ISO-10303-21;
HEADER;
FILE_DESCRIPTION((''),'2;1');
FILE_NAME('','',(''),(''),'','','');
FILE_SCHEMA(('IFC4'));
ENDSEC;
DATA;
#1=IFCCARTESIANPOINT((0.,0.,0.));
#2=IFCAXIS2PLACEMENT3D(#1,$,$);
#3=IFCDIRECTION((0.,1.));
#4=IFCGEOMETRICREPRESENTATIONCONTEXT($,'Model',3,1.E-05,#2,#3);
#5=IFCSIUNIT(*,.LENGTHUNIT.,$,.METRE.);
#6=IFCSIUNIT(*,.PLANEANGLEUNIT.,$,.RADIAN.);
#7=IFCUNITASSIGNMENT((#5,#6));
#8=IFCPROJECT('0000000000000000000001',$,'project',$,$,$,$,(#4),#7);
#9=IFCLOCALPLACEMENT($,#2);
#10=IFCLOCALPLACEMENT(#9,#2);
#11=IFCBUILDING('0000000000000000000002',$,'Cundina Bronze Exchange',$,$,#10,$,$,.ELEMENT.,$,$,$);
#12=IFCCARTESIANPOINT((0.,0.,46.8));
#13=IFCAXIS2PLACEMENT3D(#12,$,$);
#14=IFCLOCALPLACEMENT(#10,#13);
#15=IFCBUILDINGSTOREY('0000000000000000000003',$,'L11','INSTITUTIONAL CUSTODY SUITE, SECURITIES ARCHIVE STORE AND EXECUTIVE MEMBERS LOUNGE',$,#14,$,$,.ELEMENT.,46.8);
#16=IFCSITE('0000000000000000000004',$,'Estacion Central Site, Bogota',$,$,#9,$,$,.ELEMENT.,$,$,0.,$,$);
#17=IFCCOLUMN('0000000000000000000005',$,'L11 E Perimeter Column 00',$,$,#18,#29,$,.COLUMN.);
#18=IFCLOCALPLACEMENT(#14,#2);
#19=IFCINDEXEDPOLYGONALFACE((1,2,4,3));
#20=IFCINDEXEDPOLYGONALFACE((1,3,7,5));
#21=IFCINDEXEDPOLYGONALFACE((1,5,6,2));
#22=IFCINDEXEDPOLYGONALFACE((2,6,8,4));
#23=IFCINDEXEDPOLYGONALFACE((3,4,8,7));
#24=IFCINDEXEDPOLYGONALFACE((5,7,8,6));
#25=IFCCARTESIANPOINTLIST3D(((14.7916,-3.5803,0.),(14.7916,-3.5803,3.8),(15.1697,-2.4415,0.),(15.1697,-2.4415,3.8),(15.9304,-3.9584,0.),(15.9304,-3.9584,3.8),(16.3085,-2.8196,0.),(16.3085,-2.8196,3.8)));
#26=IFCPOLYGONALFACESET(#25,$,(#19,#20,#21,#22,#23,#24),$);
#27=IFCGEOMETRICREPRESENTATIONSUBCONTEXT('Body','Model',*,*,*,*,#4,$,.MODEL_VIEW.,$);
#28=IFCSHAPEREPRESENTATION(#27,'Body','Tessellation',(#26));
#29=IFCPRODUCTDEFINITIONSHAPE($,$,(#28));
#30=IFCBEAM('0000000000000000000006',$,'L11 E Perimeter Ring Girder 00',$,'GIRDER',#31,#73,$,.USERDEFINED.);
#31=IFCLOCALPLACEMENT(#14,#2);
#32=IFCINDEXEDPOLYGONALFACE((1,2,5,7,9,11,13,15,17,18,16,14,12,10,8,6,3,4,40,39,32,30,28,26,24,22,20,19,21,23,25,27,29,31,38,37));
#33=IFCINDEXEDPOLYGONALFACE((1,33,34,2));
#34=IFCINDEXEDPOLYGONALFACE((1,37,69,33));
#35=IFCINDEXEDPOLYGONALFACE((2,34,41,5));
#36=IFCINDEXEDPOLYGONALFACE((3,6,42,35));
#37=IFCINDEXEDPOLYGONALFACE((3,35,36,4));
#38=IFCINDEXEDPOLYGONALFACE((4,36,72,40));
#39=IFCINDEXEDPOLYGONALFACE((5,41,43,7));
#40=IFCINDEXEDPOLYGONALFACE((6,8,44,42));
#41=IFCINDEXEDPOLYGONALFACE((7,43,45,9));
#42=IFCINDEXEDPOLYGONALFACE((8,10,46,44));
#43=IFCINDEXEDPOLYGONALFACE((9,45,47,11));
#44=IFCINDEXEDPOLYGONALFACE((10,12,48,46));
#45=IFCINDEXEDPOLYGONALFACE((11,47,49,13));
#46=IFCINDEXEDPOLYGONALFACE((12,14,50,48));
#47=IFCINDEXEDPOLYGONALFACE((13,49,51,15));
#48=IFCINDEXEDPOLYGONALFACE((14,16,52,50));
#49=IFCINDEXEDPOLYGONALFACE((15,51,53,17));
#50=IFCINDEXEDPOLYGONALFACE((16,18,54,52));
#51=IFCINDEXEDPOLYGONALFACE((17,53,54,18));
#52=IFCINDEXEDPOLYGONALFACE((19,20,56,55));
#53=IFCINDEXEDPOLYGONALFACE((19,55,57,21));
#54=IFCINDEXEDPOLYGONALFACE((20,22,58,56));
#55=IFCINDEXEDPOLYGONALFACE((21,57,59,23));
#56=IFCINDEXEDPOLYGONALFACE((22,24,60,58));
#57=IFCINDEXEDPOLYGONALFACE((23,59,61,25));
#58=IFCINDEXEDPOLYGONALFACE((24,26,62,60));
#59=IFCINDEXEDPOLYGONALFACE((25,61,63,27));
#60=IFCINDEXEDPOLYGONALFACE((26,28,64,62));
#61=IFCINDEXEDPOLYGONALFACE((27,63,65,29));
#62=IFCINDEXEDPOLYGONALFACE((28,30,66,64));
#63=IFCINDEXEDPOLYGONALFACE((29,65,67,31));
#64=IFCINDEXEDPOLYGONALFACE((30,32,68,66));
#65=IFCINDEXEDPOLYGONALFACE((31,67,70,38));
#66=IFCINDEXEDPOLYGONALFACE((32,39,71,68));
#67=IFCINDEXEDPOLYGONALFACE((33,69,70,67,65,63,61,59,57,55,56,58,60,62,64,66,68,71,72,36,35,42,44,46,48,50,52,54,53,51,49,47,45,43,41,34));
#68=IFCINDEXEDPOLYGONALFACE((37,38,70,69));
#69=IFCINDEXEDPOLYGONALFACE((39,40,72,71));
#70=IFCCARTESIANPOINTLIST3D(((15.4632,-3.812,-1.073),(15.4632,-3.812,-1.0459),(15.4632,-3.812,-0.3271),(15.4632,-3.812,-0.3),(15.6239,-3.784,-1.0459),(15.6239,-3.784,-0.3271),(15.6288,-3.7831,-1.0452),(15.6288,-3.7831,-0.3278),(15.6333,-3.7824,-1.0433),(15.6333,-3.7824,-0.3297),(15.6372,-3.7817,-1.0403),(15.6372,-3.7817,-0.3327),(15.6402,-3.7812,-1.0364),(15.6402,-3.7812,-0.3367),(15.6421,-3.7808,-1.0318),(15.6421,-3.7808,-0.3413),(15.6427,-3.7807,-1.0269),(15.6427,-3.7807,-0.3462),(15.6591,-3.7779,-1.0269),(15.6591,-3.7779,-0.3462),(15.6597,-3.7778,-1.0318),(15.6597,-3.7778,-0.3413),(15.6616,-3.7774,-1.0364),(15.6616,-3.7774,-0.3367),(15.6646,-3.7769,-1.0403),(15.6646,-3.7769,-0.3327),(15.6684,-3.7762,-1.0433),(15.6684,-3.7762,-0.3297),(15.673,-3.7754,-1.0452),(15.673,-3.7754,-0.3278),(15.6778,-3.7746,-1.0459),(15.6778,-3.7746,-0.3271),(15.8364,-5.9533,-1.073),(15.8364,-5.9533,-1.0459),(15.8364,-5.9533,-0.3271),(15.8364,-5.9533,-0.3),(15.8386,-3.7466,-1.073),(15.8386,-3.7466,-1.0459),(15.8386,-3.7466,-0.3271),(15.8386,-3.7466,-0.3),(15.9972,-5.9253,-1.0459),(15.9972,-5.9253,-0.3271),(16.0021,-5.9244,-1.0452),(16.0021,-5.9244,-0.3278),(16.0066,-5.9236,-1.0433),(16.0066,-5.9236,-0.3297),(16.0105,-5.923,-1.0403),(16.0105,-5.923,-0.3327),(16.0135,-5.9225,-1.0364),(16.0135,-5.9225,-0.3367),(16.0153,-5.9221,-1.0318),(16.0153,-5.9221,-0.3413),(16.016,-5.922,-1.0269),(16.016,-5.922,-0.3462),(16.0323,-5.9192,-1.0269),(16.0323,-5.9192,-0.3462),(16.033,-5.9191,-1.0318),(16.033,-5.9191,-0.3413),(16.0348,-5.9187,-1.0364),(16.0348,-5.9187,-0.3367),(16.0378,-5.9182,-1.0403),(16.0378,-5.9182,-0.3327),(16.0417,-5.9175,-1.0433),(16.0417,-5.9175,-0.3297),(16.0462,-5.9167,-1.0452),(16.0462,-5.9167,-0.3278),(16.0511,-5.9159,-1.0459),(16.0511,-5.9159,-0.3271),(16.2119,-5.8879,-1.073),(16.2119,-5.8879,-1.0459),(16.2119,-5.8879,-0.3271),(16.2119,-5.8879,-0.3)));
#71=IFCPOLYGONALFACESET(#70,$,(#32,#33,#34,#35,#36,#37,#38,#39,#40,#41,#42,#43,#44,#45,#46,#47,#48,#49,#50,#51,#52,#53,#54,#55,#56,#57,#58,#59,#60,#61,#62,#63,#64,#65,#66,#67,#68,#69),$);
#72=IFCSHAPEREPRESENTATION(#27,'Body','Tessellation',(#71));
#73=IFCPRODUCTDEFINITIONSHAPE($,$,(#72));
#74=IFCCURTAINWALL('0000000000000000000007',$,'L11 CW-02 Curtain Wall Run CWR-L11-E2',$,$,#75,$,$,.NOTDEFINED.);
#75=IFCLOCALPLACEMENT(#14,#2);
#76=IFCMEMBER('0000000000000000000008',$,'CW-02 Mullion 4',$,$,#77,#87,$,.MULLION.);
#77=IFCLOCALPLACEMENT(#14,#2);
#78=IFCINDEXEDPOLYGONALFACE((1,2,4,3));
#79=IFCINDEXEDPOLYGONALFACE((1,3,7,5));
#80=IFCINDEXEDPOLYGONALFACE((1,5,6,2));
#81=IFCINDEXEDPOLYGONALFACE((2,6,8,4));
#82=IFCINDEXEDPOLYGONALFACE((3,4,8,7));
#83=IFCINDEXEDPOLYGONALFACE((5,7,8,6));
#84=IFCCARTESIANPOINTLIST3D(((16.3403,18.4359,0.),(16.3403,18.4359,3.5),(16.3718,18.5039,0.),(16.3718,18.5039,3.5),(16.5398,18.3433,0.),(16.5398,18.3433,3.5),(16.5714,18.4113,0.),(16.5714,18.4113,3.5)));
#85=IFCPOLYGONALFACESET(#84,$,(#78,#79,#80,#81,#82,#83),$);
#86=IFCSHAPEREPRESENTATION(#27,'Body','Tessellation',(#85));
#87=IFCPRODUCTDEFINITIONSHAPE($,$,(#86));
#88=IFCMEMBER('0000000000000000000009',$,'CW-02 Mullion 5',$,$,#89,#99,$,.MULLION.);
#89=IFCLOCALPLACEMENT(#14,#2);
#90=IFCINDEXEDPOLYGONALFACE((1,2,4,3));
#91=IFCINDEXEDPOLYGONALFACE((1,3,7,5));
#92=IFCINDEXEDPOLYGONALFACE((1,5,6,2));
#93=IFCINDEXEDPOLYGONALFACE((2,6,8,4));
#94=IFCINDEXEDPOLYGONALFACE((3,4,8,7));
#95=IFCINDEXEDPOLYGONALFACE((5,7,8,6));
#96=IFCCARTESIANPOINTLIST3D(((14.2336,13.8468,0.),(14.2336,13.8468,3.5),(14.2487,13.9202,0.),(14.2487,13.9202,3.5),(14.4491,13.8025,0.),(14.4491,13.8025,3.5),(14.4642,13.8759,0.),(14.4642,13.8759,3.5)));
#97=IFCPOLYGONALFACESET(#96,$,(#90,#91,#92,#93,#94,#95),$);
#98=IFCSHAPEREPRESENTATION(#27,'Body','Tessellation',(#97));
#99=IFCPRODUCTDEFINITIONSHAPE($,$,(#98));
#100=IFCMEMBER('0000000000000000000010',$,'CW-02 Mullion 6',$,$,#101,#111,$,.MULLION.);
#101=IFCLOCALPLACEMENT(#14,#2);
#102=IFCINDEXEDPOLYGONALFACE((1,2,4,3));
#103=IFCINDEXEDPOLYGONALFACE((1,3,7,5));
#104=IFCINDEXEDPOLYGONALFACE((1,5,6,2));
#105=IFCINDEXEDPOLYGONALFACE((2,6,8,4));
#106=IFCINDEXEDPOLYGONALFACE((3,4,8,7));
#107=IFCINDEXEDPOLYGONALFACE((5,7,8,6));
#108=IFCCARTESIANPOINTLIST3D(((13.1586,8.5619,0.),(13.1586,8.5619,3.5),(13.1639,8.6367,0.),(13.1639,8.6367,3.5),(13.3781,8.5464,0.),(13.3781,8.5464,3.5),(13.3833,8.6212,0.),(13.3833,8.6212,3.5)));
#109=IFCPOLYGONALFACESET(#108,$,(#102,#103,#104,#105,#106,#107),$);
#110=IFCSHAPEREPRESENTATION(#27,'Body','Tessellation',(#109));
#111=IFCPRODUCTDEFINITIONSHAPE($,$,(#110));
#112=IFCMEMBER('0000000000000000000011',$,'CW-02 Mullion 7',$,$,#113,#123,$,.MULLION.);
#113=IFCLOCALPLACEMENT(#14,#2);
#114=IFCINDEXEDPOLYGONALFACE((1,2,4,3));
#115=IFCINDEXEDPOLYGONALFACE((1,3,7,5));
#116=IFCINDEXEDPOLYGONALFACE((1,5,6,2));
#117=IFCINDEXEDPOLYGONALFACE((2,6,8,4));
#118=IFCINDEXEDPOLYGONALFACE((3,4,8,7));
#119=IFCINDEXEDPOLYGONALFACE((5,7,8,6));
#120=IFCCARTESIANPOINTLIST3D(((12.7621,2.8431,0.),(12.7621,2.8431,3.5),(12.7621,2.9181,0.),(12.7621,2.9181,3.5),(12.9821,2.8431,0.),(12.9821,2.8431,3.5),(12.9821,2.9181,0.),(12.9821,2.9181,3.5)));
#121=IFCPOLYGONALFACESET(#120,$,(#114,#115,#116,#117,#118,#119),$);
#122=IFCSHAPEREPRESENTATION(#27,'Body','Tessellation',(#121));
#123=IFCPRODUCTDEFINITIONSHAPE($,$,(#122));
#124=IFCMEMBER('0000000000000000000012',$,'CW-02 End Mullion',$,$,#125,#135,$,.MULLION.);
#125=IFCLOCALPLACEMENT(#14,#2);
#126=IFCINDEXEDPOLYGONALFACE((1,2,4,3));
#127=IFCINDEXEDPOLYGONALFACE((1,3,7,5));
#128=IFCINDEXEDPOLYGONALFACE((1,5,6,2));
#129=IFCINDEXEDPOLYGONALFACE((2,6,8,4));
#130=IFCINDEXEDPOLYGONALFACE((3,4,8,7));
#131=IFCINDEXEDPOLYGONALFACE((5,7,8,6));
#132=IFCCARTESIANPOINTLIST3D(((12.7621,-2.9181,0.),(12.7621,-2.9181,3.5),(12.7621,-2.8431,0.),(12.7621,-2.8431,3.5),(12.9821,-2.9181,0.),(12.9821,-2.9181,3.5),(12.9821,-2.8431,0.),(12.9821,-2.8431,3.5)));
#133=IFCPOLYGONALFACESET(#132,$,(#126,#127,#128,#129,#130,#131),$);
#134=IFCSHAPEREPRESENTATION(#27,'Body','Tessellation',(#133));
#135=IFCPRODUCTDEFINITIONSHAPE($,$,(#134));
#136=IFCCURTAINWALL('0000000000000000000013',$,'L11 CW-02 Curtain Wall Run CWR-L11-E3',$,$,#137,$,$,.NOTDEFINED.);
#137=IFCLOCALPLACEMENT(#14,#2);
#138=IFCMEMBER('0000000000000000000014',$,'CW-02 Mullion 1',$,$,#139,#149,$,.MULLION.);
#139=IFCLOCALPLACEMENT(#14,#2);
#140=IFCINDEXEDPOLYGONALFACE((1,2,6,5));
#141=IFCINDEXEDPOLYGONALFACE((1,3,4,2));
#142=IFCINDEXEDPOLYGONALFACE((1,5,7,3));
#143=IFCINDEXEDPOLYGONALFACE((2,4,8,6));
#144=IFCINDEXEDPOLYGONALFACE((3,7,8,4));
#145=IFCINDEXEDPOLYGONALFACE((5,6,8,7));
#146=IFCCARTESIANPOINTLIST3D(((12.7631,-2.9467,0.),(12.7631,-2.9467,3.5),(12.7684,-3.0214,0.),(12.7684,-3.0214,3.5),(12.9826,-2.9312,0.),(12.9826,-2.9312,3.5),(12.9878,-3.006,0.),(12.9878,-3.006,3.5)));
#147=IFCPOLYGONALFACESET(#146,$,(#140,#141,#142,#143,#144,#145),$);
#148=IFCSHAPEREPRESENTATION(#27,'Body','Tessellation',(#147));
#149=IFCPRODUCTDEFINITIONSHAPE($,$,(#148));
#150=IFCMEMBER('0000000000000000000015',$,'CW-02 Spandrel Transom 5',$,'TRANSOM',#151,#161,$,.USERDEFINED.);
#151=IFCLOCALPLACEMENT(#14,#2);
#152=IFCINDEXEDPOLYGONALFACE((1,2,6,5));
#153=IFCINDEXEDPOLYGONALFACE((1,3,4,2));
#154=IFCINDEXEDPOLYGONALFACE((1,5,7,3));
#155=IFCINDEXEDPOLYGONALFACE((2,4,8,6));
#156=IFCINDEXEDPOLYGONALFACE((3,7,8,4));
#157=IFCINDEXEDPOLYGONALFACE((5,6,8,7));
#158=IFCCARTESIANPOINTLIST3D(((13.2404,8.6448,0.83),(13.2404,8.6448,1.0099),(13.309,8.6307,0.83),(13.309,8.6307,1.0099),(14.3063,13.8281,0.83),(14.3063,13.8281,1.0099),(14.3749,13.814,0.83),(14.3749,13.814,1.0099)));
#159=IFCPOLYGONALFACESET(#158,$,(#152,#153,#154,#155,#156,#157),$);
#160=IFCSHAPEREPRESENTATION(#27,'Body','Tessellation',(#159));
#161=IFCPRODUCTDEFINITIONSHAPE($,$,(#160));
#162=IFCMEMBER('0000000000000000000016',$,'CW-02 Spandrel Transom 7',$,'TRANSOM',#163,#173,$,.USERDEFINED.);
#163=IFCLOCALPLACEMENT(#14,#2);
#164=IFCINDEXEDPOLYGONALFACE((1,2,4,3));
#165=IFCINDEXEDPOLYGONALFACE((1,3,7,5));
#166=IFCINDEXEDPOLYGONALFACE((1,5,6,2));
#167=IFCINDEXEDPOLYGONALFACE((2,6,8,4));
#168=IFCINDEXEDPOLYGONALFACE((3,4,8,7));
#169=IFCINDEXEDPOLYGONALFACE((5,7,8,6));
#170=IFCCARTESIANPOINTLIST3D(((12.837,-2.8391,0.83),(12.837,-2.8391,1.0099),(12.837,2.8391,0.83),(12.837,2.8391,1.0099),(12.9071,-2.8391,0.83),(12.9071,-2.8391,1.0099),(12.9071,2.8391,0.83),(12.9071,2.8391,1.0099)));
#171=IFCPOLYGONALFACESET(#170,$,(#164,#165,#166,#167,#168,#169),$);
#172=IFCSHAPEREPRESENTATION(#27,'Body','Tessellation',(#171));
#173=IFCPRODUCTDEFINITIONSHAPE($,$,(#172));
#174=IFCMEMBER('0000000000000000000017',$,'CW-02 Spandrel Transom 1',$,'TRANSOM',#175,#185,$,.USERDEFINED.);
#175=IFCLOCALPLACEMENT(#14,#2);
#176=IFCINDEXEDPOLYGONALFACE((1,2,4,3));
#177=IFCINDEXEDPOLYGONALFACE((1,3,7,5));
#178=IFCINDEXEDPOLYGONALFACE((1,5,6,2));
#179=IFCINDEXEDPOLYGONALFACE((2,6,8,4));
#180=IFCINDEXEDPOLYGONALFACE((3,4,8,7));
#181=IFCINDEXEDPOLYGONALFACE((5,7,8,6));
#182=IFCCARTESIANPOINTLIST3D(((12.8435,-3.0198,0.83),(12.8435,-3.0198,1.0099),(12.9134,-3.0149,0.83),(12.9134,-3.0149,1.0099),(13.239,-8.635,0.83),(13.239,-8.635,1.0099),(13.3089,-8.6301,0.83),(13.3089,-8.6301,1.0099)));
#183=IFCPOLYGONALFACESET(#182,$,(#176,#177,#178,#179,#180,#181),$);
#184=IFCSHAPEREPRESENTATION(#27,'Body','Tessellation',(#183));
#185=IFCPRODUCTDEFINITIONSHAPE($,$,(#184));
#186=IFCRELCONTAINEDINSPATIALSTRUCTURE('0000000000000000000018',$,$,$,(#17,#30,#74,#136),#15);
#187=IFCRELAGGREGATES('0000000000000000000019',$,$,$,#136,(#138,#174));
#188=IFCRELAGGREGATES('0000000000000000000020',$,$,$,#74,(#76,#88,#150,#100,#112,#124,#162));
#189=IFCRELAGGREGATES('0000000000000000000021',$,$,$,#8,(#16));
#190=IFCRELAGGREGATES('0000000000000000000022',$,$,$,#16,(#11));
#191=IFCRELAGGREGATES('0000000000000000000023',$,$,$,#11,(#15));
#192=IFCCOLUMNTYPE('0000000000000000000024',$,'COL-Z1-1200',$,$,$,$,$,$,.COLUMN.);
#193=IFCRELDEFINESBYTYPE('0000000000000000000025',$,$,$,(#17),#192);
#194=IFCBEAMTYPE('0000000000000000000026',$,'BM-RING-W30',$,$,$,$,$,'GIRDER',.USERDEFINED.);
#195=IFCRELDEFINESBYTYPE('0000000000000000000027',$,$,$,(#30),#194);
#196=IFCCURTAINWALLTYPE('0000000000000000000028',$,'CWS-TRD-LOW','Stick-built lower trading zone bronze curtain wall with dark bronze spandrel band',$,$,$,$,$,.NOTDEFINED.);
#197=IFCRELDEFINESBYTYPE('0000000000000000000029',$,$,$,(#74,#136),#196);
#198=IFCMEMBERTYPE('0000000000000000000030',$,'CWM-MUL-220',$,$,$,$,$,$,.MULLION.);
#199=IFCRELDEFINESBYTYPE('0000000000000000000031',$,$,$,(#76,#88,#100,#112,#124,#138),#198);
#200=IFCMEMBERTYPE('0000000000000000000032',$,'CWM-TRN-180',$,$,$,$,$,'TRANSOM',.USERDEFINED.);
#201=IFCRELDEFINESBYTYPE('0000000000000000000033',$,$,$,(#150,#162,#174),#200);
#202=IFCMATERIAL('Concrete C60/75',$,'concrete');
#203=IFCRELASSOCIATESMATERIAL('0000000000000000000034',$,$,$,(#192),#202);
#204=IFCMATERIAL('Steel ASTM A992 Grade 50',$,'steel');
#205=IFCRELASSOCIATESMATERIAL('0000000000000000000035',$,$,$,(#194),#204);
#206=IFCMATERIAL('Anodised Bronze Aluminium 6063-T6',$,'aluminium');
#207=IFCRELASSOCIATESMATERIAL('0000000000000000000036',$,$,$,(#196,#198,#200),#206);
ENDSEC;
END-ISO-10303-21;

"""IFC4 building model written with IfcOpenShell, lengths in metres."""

from ifc_helpers import new_model, si_unit, direction, frame, origin, origin_2d, place, context, subcontext, project, spatial, rectangle, i_section, extrude, material, material_profile, profile_set, type_object, element, aggregate, save


model = new_model("IFC4")

# Units and contexts
model_context = context("Model", 3, precision=1e-05, world=origin(), true_north=direction((0.0, 1.0)))
body_context = subcontext(model_context, "Body", "Model", "MODEL_VIEW")
ifc_project = project(units=[si_unit("LENGTHUNIT", "METRE"), si_unit("PLANEANGLEUNIT", "RADIAN")], contexts=[model_context])

# Site, building, storey
site_placement = place(None, origin())
site = spatial("IfcSite", under=ifc_project, at=site_placement, Name="Estacion Central Site, Bogota", CompositionType="ELEMENT", RefElevation=0.0)
building_placement = place(site_placement, origin())
building = spatial("IfcBuilding", under=site, at=building_placement, Name="Cundina Bronze Exchange", CompositionType="ELEMENT")
storey_placement = place(building_placement, frame((0.0, 0.0, 46.8)))
storey = spatial("IfcBuildingStorey", under=building, at=storey_placement, Name="L11", Description="INSTITUTIONAL CUSTODY SUITE, SECURITIES ARCHIVE STORE AND EXECUTIVE MEMBERS LOUNGE", CompositionType="ELEMENT", Elevation=46.8)

# Column
ifc_material_1 = material(Name="Concrete C60/75", Category="concrete")
ifc_material_profile_1 = material_profile(ifc_material_1, rectangle(XDim=1.2, YDim=1.2, at=origin_2d()), Name="RC1200X1200", Category="concrete")
ifc_profile_set_1 = profile_set([ifc_material_profile_1], Name="Concrete C60/75")
column_type = type_object("IfcColumnType", Name="COL-Z1-1200", PredefinedType="COLUMN", material=ifc_profile_set_1)
column_placement = place(storey_placement, frame((15.55, -3.2, 0.0), z_axis=(0.0, 0.0, 1.0), x_axis=(-0.315152, -0.949041, 0.0)))
element("IfcColumn", 1, at=column_placement, inside=storey, type_object=column_type, Name="L11 E Perimeter Column 00", PredefinedType="COLUMN", context=body_context, shape_type="SweptSolid", body=[
    extrude(rectangle(XDim=1.2, YDim=1.2, at=origin_2d()), origin(), (0.0, 0.0, 1.0), 3.8),
])

# Beam
ifc_material_2 = material(Name="Steel ASTM A992 Grade 50", Category="steel")
ifc_material_profile_2 = material_profile(ifc_material_2, i_section(OverallWidth=0.3811, OverallDepth=0.7729, WebThickness=0.0166, FlangeThickness=0.0271, FilletRadius=0.019, at=origin_2d()), Name="W30X173", Category="steel")
ifc_profile_set_2 = profile_set([ifc_material_profile_2], Name="Steel ASTM A992 Grade 50")
beam_type = type_object("IfcBeamType", Name="BM-RING-W30", ElementType="GIRDER", PredefinedType="USERDEFINED", material=ifc_profile_set_2)
beam_placement = place(storey_placement, frame((15.6509, -3.7793, -0.6865), z_axis=(0.171735, -0.985143, 0.0), x_axis=(0.985143, 0.171735, 0.0)))
element("IfcBeam", 2, at=beam_placement, inside=storey, type_object=beam_type, Name="L11 E Perimeter Ring Girder 00", ObjectType="GIRDER", PredefinedType="USERDEFINED", context=body_context, shape_type="SweptSolid", body=[
    extrude(i_section(OverallWidth=0.3811, OverallDepth=0.7729, WebThickness=0.0166, FlangeThickness=0.0271, FilletRadius=0.019, at=origin_2d()), origin(), (0.0, 0.0, 1.0), 2.1736),
])

# Curtain wall, members
ifc_material_3 = material(Name="Anodised Bronze Aluminium 6063-T6", Category="aluminium")
curtain_wall_type = type_object("IfcCurtainWallType", Name="CWS-TRD-LOW", Description="Stick-built lower trading zone bronze curtain wall with dark bronze spandrel band", PredefinedType="NOTDEFINED", material=ifc_material_3)
curtain_wall_1_placement = place(storey_placement, origin())
curtain_wall_1 = element("IfcCurtainWall", 3, at=curtain_wall_1_placement, inside=storey, type_object=curtain_wall_type, Name="L11 CW-02 Curtain Wall Run CWR-L11-E2", PredefinedType="NOTDEFINED")
ifc_material_profile_3 = material_profile(ifc_material_3, rectangle(XDim=0.075, YDim=0.22, at=origin_2d()), Name="AL75X220", Category="aluminium")
ifc_profile_set_3 = profile_set([ifc_material_profile_3], Name="Anodised Bronze Aluminium 6063-T6")
member_type_1 = type_object("IfcMemberType", Name="CWM-MUL-220", PredefinedType="MULLION", material=ifc_profile_set_3)
member_1_placement = place(storey_placement, frame((16.4558, 18.4236, 0.0), z_axis=(0.0, 0.0, 1.0), x_axis=(-0.420877, -0.907117, 0.0)))
member_1 = element("IfcMember", 4, at=member_1_placement, type_object=member_type_1, Name="CW-02 Mullion 4", PredefinedType="MULLION", context=body_context, shape_type="SweptSolid", body=[
    extrude(rectangle(XDim=0.075, YDim=0.22, at=origin_2d()), origin(), (0.0, 0.0, 1.0), 3.5),
])
member_2_placement = place(storey_placement, frame((14.3489, 13.8613, 0.0), z_axis=(0.0, 0.0, 1.0), x_axis=(-0.20142, -0.979505, 0.0)))
member_2 = element("IfcMember", 5, at=member_2_placement, type_object=member_type_1, Name="CW-02 Mullion 5", PredefinedType="MULLION", context=body_context, shape_type="SweptSolid", body=[
    extrude(rectangle(XDim=0.075, YDim=0.22, at=origin_2d()), origin(), (0.0, 0.0, 1.0), 3.5),
])
member_3_placement = place(storey_placement, frame((13.271, 8.5916, 0.0), z_axis=(0.0, 0.0, 1.0), x_axis=(-0.070279, -0.997527, 0.0)))
member_3 = element("IfcMember", 6, at=member_3_placement, type_object=member_type_1, Name="CW-02 Mullion 6", PredefinedType="MULLION", context=body_context, shape_type="SweptSolid", body=[
    extrude(rectangle(XDim=0.075, YDim=0.22, at=origin_2d()), origin(), (0.0, 0.0, 1.0), 3.5),
])
member_4_placement = place(storey_placement, frame((12.8721, 2.8806, 0.0), z_axis=(0.0, 0.0, 1.0), x_axis=(0.0, -1.0, 0.0)))
member_4 = element("IfcMember", 7, at=member_4_placement, type_object=member_type_1, Name="CW-02 Mullion 7", PredefinedType="MULLION", context=body_context, shape_type="SweptSolid", body=[
    extrude(rectangle(XDim=0.075, YDim=0.22, at=origin_2d()), origin(), (0.0, 0.0, 1.0), 3.5),
])
member_5_placement = place(storey_placement, frame((12.8721, -2.8806, 0.0), z_axis=(0.0, 0.0, 1.0), x_axis=(0.0, -1.0, 0.0)))
member_5 = element("IfcMember", 8, at=member_5_placement, type_object=member_type_1, Name="CW-02 End Mullion", PredefinedType="MULLION", context=body_context, shape_type="SweptSolid", body=[
    extrude(rectangle(XDim=0.075, YDim=0.22, at=origin_2d()), origin(), (0.0, 0.0, 1.0), 3.5),
])

# Curtain wall, member
curtain_wall_2_placement = place(storey_placement, origin())
curtain_wall_2 = element("IfcCurtainWall", 9, at=curtain_wall_2_placement, inside=storey, type_object=curtain_wall_type, Name="L11 CW-02 Curtain Wall Run CWR-L11-E3", PredefinedType="NOTDEFINED")
member_6_placement = place(storey_placement, frame((12.8755, -2.9763, 0.0), z_axis=(0.0, 0.0, 1.0), x_axis=(0.070279, -0.997527, 0.0)))
member_6 = element("IfcMember", 10, at=member_6_placement, type_object=member_type_1, Name="CW-02 Mullion 1", PredefinedType="MULLION", context=body_context, shape_type="SweptSolid", body=[
    extrude(rectangle(XDim=0.075, YDim=0.22, at=origin_2d()), origin(), (0.0, 0.0, 1.0), 3.5),
])

# Members
ifc_material_profile_4 = material_profile(ifc_material_3, rectangle(XDim=0.0701, YDim=0.1799, at=origin_2d()), Name="AL70X180", Category="aluminium")
ifc_profile_set_4 = profile_set([ifc_material_profile_4], Name="Anodised Bronze Aluminium 6063-T6")
member_type_2 = type_object("IfcMemberType", Name="CWM-TRN-180", ElementType="TRANSOM", PredefinedType="USERDEFINED", material=ifc_profile_set_4)
member_7_placement = place(storey_placement, frame((14.3406, 13.821, 0.9199), z_axis=(-0.201428, -0.979503, 0.0), x_axis=(0.979503, -0.201428, 0.0)))
member_7 = element("IfcMember", 11, at=member_7_placement, type_object=member_type_2, Name="CW-02 Spandrel Transom 5", ObjectType="TRANSOM", PredefinedType="USERDEFINED", context=body_context, shape_type="SweptSolid", body=[
    extrude(rectangle(XDim=0.0701, YDim=0.1799, at=origin_2d()), origin(), (0.0, 0.0, 1.0), 5.2917),
])
member_8_placement = place(storey_placement, frame((12.8721, 2.8391, 0.9199), z_axis=(0.0, -1.0, 0.0), x_axis=(1.0, 0.0, 0.0)))
member_8 = element("IfcMember", 12, at=member_8_placement, type_object=member_type_2, Name="CW-02 Spandrel Transom 7", ObjectType="TRANSOM", PredefinedType="USERDEFINED", context=body_context, shape_type="SweptSolid", body=[
    extrude(rectangle(XDim=0.0701, YDim=0.1799, at=origin_2d()), origin(), (0.0, 0.0, 1.0), 5.6782),
])
member_9_placement = place(storey_placement, frame((12.8784, -3.0173, 0.9199), z_axis=(0.070261, -0.997529, 0.0), x_axis=(0.997529, 0.070261, 0.0)))
member_9 = element("IfcMember", 13, at=member_9_placement, type_object=member_type_2, Name="CW-02 Spandrel Transom 1", ObjectType="TRANSOM", PredefinedType="USERDEFINED", context=body_context, shape_type="SweptSolid", body=[
    extrude(rectangle(XDim=0.0701, YDim=0.1799, at=origin_2d()), origin(), (0.0, 0.0, 1.0), 5.6292),
])
aggregate(curtain_wall_2, [member_6, member_9])

aggregate(curtain_wall_1, [member_1, member_2, member_7, member_3, member_4, member_5, member_8])

save(model, "model.ifc")
